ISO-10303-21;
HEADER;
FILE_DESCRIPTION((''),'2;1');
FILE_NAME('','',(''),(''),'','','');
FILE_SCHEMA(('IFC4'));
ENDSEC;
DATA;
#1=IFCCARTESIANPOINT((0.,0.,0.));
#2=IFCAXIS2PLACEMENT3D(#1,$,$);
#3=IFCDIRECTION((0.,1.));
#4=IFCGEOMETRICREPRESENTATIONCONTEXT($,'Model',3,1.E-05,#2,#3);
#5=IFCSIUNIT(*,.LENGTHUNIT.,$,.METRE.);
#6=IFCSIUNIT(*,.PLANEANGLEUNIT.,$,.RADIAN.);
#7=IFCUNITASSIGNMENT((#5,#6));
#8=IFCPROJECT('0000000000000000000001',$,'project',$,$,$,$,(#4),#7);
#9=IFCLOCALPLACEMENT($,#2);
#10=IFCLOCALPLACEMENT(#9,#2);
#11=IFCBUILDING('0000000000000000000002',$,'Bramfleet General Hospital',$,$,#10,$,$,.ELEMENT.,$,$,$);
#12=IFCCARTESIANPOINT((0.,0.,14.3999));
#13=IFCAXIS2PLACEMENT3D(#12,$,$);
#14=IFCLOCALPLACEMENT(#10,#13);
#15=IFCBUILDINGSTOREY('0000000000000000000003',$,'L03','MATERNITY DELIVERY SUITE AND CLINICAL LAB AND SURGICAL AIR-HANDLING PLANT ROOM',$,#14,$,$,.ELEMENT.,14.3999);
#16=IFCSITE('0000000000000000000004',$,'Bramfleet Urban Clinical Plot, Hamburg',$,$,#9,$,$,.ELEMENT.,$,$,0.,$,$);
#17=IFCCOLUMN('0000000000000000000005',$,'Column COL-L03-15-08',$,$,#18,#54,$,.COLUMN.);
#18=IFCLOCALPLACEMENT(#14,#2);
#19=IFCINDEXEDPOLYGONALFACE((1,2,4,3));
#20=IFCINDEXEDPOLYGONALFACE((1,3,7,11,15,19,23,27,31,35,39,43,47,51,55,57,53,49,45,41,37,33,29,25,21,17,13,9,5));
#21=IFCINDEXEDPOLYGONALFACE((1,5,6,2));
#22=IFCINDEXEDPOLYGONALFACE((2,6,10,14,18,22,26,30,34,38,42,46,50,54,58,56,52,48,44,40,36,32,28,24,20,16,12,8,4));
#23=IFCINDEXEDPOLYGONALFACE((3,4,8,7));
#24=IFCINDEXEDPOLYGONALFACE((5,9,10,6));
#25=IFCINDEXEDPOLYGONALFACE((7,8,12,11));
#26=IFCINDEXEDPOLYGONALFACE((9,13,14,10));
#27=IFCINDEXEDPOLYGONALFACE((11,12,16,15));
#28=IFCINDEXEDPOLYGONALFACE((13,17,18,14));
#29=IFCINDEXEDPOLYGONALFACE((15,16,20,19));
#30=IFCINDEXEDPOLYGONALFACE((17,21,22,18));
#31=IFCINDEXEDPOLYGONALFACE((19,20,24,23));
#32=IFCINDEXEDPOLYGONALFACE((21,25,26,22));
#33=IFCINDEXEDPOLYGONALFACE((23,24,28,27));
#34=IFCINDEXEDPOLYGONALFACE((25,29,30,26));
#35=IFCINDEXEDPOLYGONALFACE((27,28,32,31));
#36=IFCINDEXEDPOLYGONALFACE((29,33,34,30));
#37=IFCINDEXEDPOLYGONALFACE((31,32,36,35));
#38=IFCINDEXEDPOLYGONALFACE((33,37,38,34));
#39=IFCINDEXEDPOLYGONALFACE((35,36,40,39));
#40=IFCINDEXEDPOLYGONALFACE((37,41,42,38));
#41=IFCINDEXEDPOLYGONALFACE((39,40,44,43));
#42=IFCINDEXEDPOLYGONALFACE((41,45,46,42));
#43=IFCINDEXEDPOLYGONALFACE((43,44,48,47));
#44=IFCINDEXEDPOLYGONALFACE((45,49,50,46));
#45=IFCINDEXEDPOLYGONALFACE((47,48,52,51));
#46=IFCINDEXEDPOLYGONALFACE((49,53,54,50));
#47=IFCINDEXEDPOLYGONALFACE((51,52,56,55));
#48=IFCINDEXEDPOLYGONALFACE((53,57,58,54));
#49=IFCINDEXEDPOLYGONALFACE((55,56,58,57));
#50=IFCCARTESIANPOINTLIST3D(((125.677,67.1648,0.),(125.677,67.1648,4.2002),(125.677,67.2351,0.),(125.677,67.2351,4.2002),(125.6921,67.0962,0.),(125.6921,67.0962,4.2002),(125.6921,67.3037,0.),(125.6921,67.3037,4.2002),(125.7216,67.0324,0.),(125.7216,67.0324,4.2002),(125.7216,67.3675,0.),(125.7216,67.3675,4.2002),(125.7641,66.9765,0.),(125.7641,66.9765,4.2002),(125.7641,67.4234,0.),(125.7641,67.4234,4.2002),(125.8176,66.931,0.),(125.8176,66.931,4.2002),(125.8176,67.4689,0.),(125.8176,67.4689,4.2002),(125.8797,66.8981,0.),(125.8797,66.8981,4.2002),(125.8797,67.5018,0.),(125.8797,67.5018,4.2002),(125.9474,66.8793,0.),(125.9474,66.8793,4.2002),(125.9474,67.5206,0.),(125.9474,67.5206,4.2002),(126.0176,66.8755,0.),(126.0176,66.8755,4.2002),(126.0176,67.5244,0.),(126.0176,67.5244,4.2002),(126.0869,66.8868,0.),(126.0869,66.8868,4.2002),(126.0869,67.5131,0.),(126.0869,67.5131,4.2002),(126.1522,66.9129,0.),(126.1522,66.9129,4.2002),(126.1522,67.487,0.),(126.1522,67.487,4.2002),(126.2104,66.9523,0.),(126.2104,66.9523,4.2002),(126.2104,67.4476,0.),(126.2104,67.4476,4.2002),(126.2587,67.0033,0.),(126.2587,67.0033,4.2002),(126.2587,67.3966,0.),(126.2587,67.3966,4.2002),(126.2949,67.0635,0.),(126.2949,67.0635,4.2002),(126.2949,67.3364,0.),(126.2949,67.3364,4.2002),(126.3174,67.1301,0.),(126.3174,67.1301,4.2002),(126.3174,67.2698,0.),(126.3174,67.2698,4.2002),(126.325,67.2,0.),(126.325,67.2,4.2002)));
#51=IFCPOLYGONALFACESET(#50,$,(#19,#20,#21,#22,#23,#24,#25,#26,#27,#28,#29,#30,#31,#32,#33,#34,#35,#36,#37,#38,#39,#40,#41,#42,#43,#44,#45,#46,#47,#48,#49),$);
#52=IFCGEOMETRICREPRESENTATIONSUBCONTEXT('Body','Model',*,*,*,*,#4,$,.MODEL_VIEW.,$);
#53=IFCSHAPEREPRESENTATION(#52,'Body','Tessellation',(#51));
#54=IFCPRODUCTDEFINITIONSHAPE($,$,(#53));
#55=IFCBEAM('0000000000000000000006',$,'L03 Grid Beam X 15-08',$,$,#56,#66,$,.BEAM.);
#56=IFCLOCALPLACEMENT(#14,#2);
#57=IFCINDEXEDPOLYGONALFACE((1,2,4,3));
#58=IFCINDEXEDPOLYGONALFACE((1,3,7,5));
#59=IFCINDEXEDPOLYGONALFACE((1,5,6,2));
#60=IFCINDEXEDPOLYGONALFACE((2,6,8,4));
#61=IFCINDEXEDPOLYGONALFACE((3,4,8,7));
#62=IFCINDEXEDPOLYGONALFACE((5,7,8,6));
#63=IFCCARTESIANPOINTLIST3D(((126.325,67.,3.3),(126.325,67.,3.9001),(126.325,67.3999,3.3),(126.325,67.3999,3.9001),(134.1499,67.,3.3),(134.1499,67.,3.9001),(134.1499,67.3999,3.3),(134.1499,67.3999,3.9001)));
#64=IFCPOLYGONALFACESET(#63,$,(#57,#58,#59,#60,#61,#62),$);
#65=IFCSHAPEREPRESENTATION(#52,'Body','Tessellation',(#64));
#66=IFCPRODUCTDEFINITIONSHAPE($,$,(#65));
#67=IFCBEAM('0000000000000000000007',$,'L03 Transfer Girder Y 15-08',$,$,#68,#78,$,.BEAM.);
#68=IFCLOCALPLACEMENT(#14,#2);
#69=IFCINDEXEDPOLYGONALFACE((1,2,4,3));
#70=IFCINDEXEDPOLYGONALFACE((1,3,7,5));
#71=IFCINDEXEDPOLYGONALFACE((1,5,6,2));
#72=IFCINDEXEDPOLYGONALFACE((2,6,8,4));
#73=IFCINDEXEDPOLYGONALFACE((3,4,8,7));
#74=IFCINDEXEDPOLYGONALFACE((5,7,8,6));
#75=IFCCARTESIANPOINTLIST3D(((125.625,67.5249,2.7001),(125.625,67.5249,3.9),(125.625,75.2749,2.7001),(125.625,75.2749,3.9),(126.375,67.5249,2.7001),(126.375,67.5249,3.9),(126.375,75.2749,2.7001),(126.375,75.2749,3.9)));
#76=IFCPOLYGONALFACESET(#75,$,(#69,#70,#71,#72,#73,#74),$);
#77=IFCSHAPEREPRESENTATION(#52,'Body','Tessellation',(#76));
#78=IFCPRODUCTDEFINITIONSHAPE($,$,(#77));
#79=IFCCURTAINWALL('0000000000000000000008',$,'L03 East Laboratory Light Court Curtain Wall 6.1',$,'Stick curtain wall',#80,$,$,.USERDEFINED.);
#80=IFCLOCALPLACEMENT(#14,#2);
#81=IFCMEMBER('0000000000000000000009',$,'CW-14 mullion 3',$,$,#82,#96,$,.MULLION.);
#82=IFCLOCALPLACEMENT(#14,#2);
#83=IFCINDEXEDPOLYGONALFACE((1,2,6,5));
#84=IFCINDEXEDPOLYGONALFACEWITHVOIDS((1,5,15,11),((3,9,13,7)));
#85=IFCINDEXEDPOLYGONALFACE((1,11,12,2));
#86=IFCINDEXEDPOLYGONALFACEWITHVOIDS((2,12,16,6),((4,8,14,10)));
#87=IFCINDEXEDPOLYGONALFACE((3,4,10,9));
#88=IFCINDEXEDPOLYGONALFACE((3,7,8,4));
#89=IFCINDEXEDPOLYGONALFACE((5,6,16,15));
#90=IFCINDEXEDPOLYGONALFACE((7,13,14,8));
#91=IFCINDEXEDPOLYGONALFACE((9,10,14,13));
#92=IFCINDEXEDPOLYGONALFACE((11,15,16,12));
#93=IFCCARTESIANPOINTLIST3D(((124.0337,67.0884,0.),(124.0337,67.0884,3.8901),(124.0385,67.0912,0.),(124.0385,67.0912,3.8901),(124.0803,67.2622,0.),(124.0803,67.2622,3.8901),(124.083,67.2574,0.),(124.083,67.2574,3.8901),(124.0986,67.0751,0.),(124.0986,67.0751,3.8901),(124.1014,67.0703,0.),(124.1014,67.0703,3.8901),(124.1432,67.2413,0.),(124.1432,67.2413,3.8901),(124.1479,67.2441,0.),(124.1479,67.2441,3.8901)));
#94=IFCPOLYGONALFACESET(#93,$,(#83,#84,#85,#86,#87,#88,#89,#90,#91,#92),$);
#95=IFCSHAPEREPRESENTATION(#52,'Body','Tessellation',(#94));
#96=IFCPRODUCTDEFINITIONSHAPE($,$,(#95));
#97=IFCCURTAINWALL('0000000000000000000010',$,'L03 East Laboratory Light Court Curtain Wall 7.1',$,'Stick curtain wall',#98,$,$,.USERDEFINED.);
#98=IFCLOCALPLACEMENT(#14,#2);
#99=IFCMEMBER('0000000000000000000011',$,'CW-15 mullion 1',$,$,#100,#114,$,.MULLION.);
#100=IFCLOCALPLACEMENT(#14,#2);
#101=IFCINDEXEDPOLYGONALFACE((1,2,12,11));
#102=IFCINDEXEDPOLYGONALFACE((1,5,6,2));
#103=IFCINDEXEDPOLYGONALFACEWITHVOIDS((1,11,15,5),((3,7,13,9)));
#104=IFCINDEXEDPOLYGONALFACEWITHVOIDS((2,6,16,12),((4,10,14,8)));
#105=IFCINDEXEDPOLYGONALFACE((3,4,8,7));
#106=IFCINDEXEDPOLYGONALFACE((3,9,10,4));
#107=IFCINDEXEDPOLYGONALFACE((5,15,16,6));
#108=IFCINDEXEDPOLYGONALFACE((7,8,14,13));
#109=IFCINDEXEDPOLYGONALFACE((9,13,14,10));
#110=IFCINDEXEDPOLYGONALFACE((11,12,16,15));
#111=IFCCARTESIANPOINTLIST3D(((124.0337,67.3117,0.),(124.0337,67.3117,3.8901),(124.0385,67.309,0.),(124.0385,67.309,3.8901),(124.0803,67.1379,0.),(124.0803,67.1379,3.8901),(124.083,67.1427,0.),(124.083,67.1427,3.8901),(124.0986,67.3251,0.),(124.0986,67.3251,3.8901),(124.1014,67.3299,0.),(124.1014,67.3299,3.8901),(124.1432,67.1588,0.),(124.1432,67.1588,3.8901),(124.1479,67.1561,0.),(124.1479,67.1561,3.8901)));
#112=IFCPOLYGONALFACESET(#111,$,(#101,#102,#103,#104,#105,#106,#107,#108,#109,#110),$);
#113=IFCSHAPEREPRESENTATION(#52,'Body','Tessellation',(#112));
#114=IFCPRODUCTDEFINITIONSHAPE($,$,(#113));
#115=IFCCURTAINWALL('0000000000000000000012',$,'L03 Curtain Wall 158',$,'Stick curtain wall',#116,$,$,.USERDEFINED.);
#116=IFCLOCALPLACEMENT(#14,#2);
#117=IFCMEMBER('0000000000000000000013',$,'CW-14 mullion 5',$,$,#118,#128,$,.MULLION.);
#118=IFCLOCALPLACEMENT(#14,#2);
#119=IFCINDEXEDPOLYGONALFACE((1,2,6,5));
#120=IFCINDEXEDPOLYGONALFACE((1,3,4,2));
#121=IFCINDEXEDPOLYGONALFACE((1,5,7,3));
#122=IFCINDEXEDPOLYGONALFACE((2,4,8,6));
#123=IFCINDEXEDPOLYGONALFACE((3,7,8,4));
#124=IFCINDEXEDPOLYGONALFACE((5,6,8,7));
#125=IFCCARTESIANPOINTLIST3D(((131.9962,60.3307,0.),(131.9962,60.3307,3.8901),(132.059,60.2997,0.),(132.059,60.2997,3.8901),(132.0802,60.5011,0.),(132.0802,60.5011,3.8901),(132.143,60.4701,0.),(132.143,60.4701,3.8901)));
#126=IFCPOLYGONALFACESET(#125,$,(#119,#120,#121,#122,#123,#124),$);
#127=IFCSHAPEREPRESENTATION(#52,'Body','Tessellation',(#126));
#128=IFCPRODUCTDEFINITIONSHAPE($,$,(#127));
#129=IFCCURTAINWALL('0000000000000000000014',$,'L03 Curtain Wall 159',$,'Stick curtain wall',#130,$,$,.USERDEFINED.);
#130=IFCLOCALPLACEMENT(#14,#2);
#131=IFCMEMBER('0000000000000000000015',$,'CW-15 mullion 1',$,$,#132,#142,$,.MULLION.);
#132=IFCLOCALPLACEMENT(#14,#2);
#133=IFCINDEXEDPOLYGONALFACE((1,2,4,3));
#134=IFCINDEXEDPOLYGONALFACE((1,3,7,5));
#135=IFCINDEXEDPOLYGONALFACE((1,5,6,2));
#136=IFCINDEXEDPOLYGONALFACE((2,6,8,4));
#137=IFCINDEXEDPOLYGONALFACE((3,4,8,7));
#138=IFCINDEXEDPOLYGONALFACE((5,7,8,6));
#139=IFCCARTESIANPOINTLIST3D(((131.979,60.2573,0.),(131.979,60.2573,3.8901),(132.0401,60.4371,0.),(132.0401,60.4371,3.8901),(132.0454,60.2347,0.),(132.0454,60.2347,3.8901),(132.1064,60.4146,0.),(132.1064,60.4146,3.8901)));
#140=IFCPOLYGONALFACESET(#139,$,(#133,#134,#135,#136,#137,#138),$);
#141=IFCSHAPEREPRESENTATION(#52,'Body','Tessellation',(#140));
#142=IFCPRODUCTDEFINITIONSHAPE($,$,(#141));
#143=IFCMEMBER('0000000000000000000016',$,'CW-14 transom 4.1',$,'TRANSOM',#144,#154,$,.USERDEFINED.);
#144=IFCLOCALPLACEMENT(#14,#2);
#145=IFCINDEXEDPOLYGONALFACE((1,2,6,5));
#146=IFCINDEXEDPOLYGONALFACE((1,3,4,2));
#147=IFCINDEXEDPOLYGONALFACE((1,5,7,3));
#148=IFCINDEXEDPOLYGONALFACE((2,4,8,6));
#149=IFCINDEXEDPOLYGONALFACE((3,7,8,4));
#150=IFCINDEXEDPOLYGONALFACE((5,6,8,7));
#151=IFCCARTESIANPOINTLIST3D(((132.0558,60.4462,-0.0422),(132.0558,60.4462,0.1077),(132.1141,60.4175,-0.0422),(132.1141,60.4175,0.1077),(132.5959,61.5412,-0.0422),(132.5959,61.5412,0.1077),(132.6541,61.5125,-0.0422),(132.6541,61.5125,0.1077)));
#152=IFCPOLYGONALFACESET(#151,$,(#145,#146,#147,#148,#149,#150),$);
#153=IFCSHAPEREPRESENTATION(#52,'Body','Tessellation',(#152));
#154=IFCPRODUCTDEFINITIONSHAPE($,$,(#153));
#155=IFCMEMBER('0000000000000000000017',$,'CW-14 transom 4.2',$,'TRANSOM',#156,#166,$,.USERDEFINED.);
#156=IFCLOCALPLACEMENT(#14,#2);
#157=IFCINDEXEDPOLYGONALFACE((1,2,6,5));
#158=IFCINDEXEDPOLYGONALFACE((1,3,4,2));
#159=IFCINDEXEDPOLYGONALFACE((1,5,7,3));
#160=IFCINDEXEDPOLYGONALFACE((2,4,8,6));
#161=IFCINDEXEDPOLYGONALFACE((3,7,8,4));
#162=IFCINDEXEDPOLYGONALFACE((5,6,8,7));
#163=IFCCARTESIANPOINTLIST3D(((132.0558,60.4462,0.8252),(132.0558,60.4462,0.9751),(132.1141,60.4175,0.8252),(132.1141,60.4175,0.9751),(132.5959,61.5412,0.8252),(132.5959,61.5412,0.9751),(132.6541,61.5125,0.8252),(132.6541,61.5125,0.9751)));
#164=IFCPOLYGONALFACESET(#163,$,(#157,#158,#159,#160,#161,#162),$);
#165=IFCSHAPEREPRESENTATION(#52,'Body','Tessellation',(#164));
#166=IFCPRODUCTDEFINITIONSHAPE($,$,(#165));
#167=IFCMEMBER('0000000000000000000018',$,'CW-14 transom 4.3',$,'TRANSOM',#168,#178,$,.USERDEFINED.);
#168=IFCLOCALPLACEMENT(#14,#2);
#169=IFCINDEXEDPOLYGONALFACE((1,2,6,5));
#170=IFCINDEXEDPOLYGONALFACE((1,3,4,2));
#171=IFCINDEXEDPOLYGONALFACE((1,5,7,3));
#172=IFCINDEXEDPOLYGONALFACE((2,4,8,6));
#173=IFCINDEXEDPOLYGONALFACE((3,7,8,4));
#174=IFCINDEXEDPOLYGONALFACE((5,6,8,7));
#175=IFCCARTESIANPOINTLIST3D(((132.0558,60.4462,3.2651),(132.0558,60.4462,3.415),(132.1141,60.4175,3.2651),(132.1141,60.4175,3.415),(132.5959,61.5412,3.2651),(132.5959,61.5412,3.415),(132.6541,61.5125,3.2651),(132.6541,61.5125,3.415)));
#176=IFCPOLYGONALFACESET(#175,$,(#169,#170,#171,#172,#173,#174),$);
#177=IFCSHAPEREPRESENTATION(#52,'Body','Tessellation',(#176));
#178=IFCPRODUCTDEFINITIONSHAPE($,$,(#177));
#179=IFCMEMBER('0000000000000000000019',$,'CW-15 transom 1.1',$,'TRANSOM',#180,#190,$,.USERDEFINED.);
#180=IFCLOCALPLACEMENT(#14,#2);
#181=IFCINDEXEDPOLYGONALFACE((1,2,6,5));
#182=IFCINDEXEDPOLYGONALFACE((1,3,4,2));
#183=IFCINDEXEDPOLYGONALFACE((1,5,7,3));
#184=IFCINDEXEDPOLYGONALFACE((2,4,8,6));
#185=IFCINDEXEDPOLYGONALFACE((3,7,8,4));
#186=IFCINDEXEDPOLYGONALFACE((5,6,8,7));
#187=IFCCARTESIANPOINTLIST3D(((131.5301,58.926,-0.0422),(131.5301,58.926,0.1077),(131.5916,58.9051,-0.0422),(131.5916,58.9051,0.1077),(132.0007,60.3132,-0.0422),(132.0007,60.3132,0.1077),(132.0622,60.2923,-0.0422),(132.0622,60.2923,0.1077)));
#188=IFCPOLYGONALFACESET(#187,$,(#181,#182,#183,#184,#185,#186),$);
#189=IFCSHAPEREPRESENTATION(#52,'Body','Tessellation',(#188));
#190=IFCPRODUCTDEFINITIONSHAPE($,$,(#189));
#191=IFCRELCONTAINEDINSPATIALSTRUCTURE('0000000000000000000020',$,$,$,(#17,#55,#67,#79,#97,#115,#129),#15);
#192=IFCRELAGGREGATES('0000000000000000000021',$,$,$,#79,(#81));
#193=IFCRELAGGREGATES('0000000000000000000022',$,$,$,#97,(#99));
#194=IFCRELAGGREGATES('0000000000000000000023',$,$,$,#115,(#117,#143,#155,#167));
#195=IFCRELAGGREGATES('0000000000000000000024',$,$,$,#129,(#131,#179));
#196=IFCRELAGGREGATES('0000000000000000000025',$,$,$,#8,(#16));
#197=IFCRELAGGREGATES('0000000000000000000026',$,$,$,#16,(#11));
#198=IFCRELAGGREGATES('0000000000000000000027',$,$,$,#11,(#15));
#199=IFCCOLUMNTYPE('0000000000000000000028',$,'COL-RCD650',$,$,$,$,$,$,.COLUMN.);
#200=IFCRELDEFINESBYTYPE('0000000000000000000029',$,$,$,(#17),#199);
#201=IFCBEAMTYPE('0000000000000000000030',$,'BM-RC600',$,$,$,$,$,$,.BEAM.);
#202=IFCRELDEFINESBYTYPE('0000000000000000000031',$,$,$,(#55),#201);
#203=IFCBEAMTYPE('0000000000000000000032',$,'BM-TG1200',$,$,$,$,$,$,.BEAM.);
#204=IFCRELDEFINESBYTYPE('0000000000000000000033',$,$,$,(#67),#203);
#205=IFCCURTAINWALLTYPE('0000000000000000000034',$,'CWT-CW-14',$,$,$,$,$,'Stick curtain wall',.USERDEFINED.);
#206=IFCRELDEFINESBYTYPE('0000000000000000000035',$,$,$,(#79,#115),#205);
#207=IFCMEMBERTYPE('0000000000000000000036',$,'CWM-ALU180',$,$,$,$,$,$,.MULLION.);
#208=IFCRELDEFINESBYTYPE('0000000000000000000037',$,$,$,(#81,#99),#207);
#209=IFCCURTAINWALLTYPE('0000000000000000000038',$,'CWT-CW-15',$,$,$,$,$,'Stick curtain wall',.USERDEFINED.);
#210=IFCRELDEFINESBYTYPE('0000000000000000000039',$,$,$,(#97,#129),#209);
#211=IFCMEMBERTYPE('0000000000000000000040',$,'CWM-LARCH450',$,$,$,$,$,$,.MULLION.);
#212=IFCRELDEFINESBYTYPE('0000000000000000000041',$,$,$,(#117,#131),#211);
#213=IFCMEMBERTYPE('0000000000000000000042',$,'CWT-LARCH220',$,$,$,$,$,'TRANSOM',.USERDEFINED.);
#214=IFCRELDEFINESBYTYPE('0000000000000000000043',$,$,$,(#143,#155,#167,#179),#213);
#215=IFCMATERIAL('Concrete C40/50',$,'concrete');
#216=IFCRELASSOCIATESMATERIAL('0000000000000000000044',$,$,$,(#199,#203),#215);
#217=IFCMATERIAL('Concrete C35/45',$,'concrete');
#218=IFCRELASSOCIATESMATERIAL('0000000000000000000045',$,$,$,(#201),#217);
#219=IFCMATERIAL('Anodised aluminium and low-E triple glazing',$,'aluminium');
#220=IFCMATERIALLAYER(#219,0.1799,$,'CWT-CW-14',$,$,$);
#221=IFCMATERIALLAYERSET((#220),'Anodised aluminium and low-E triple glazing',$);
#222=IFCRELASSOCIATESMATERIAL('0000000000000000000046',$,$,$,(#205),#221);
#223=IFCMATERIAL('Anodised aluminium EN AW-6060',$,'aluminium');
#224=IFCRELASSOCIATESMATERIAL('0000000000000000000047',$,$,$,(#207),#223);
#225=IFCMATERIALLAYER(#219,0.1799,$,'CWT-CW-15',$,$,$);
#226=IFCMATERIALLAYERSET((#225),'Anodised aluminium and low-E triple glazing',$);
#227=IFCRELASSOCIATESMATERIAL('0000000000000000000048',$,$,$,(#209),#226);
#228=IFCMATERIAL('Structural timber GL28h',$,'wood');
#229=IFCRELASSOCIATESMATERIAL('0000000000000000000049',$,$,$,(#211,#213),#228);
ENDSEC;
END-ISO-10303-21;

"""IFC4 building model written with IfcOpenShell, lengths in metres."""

from ifc_helpers import new_model, si_unit, direction, frame, origin, origin_2d, place, context, subcontext, project, spatial, rectangle, hollow_rectangle, circle, extrude, material, layer, layer_set, material_profile, profile_set, type_object, element, aggregate, save


model = new_model("IFC4")

# Units and contexts
model_context = context("Model", 3, precision=1e-05, world=origin(), true_north=direction((0.0, 1.0)))
body_context = subcontext(model_context, "Body", "Model", "MODEL_VIEW")
ifc_project = project(units=[si_unit("LENGTHUNIT", "METRE"), si_unit("PLANEANGLEUNIT", "RADIAN")], contexts=[model_context])

# Site, building, storey
site_placement = place(None, origin())
site = spatial("IfcSite", under=ifc_project, at=site_placement, Name="Bramfleet Urban Clinical Plot, Hamburg", CompositionType="ELEMENT", RefElevation=0.0)
building_placement = place(site_placement, origin())
building = spatial("IfcBuilding", under=site, at=building_placement, Name="Bramfleet General Hospital", CompositionType="ELEMENT")
storey_placement = place(building_placement, frame((0.0, 0.0, 14.3999)))
storey = spatial("IfcBuildingStorey", under=building, at=storey_placement, Name="L03", Description="MATERNITY DELIVERY SUITE AND CLINICAL LAB AND SURGICAL AIR-HANDLING PLANT ROOM", CompositionType="ELEMENT", Elevation=14.3999)

# Column
ifc_material_1 = material(Name="Concrete C40/50", Category="concrete")
ifc_material_profile_1 = material_profile(ifc_material_1, circle(Radius=0.325, at=origin_2d()), Name="RC ROUND D650")
ifc_profile_set_1 = profile_set([ifc_material_profile_1], Name="Concrete C40/50")
column_type = type_object("IfcColumnType", Name="COL-RCD650", PredefinedType="COLUMN", material=ifc_profile_set_1)
column_placement = place(storey_placement, frame((126.0, 67.2, 0.0), z_axis=(0.0, 0.0, 1.0), x_axis=(1.0, 0.0, 0.0)))
element("IfcColumn", 1, at=column_placement, inside=storey, type_object=column_type, Name="Column COL-L03-15-08", PredefinedType="COLUMN", context=body_context, shape_type="SweptSolid", body=[
    extrude(circle(Radius=0.325, at=origin_2d()), origin(), (0.0, 0.0, 1.0), 4.2002),
])

# Beams
ifc_material_2 = material(Name="Concrete C35/45", Category="concrete")
ifc_material_profile_2 = material_profile(ifc_material_2, rectangle(XDim=0.3999, YDim=0.6001, at=origin_2d()), Name="RC BM 600x400")
ifc_profile_set_2 = profile_set([ifc_material_profile_2], Name="Concrete C35/45")
beam_type_1 = type_object("IfcBeamType", Name="BM-RC600", PredefinedType="BEAM", material=ifc_profile_set_2)
beam_1_placement = place(storey_placement, frame((126.325, 67.2, 3.6001), z_axis=(1.0, 0.0, 0.0), x_axis=(0.0, 1.0, 0.0)))
element("IfcBeam", 2, at=beam_1_placement, inside=storey, type_object=beam_type_1, Name="L03 Grid Beam X 15-08", PredefinedType="BEAM", context=body_context, shape_type="SweptSolid", body=[
    extrude(rectangle(XDim=0.3999, YDim=0.6001, at=origin_2d()), origin(), (0.0, 0.0, 1.0), 7.825),
])
ifc_material_profile_3 = material_profile(ifc_material_1, rectangle(XDim=0.75, YDim=1.2, at=origin_2d()), Name="RC TG 1200x750")
ifc_profile_set_3 = profile_set([ifc_material_profile_3], Name="Concrete C40/50")
beam_type_2 = type_object("IfcBeamType", Name="BM-TG1200", PredefinedType="BEAM", material=ifc_profile_set_3)
beam_2_placement = place(storey_placement, frame((126.0, 67.5249, 3.3), z_axis=(0.0, 1.0, 0.0), x_axis=(-1.0, 0.0, 0.0)))
element("IfcBeam", 3, at=beam_2_placement, inside=storey, type_object=beam_type_2, Name="L03 Transfer Girder Y 15-08", PredefinedType="BEAM", context=body_context, shape_type="SweptSolid", body=[
    extrude(rectangle(XDim=0.75, YDim=1.2, at=origin_2d()), origin(), (0.0, 0.0, 1.0), 7.75),
])

# Curtain walls, members
ifc_material_3 = material(Name="Anodised aluminium and low-E triple glazing", Category="aluminium")
ifc_layer_1 = layer(ifc_material_3, 0.1799, Name="CWT-CW-14")
ifc_layer_set_1 = layer_set([ifc_layer_1], Name="Anodised aluminium and low-E triple glazing")
curtain_wall_type_1 = type_object("IfcCurtainWallType", Name="CWT-CW-14", ElementType="Stick curtain wall", PredefinedType="USERDEFINED", material=ifc_layer_set_1)
curtain_wall_1_placement = place(storey_placement, origin())
curtain_wall_1 = element("IfcCurtainWall", 4, at=curtain_wall_1_placement, inside=storey, type_object=curtain_wall_type_1, Name="L03 East Laboratory Light Court Curtain Wall 6.1", ObjectType="Stick curtain wall", PredefinedType="USERDEFINED")
ifc_material_4 = material(Name="Anodised aluminium EN AW-6060", Category="aluminium")
ifc_material_profile_4 = material_profile(ifc_material_4, hollow_rectangle(XDim=0.0701, YDim=0.1799, WallThickness=0.0039, at=origin_2d()), Name="ALU 180x70x4.0")
ifc_profile_set_4 = profile_set([ifc_material_profile_4], Name="Anodised aluminium EN AW-6060")
member_type_1 = type_object("IfcMemberType", Name="CWM-ALU180", PredefinedType="MULLION", material=ifc_profile_set_4)
member_1_placement = place(storey_placement, frame((124.0908, 67.1663, 0.0), z_axis=(0.0, 0.0, 1.0), x_axis=(-0.965914, 0.258865, 0.0)))
member_1 = element("IfcMember", 5, at=member_1_placement, type_object=member_type_1, Name="CW-14 mullion 3", PredefinedType="MULLION", context=body_context, shape_type="SweptSolid", body=[
    extrude(hollow_rectangle(XDim=0.0701, YDim=0.1799, WallThickness=0.0039, at=origin_2d()), origin(), (0.0, 0.0, 1.0), 3.8901),
])
aggregate(curtain_wall_1, [member_1])
ifc_layer_2 = layer(ifc_material_3, 0.1799, Name="CWT-CW-15")
ifc_layer_set_2 = layer_set([ifc_layer_2], Name="Anodised aluminium and low-E triple glazing")
curtain_wall_type_2 = type_object("IfcCurtainWallType", Name="CWT-CW-15", ElementType="Stick curtain wall", PredefinedType="USERDEFINED", material=ifc_layer_set_2)
curtain_wall_2_placement = place(storey_placement, origin())
curtain_wall_2 = element("IfcCurtainWall", 6, at=curtain_wall_2_placement, inside=storey, type_object=curtain_wall_type_2, Name="L03 East Laboratory Light Court Curtain Wall 7.1", ObjectType="Stick curtain wall", PredefinedType="USERDEFINED")
member_2_placement = place(storey_placement, frame((124.0908, 67.2339, 0.0), z_axis=(0.0, 0.0, 1.0), x_axis=(-0.965914, -0.258865, 0.0)))
member_2 = element("IfcMember", 7, at=member_2_placement, type_object=member_type_1, Name="CW-15 mullion 1", PredefinedType="MULLION", context=body_context, shape_type="SweptSolid", body=[
    extrude(hollow_rectangle(XDim=0.0701, YDim=0.1799, WallThickness=0.0039, at=origin_2d()), origin(), (0.0, 0.0, 1.0), 3.8901),
])
aggregate(curtain_wall_2, [member_2])
curtain_wall_3_placement = place(storey_placement, origin())
curtain_wall_3 = element("IfcCurtainWall", 8, at=curtain_wall_3_placement, inside=storey, type_object=curtain_wall_type_1, Name="L03 Curtain Wall 158", ObjectType="Stick curtain wall", PredefinedType="USERDEFINED")
ifc_material_5 = material(Name="Structural timber GL28h", Category="wood")
ifc_material_profile_5 = material_profile(ifc_material_5, rectangle(XDim=0.0701, YDim=0.1899, at=origin_2d()), Name="LARCH 190x70")
ifc_profile_set_5 = profile_set([ifc_material_profile_5], Name="Structural timber GL28h")
member_type_2 = type_object("IfcMemberType", Name="CWM-LARCH450", PredefinedType="MULLION", material=ifc_profile_set_5)
member_3_placement = place(storey_placement, frame((132.0696, 60.4004, 0.0), z_axis=(0.0, 0.0, 1.0), x_axis=(0.896865, -0.442305, 0.0)))
member_3 = element("IfcMember", 9, at=member_3_placement, type_object=member_type_2, Name="CW-14 mullion 5", PredefinedType="MULLION", context=body_context, shape_type="SweptSolid", body=[
    extrude(rectangle(XDim=0.0701, YDim=0.1899, at=origin_2d()), origin(), (0.0, 0.0, 1.0), 3.8901),
])
curtain_wall_4_placement = place(storey_placement, origin())
curtain_wall_4 = element("IfcCurtainWall", 10, at=curtain_wall_4_placement, inside=storey, type_object=curtain_wall_type_2, Name="L03 Curtain Wall 159", ObjectType="Stick curtain wall", PredefinedType="USERDEFINED")
member_4_placement = place(storey_placement, frame((132.0427, 60.3359, 0.0), z_axis=(0.0, 0.0, 1.0), x_axis=(0.946949, -0.321383, 0.0)))
member_4 = element("IfcMember", 11, at=member_4_placement, type_object=member_type_2, Name="CW-15 mullion 1", PredefinedType="MULLION", context=body_context, shape_type="SweptSolid", body=[
    extrude(rectangle(XDim=0.0701, YDim=0.1899, at=origin_2d()), origin(), (0.0, 0.0, 1.0), 3.8901),
])

# Members
ifc_material_profile_6 = material_profile(ifc_material_5, rectangle(XDim=0.0649, YDim=0.1499, at=origin_2d()), Name="LARCH 150x65")
ifc_profile_set_6 = profile_set([ifc_material_profile_6], Name="Structural timber GL28h")
member_type_3 = type_object("IfcMemberType", Name="CWT-LARCH220", ElementType="TRANSOM", PredefinedType="USERDEFINED", material=ifc_profile_set_6)
member_5_placement = place(storey_placement, frame((132.625, 61.5269, 0.0327), z_axis=(-0.442328, -0.896853, 0.0), x_axis=(0.896853, -0.442328, 0.0)))
member_5 = element("IfcMember", 12, at=member_5_placement, type_object=member_type_3, Name="CW-14 transom 4.1", ObjectType="TRANSOM", PredefinedType="USERDEFINED", context=body_context, shape_type="SweptSolid", body=[
    extrude(rectangle(XDim=0.0649, YDim=0.1499, at=origin_2d()), origin(), (0.0, 0.0, 1.0), 1.2209),
])
member_6_placement = place(storey_placement, frame((132.625, 61.5269, 0.9001), z_axis=(-0.442328, -0.896853, 0.0), x_axis=(0.896853, -0.442328, 0.0)))
member_6 = element("IfcMember", 13, at=member_6_placement, type_object=member_type_3, Name="CW-14 transom 4.2", ObjectType="TRANSOM", PredefinedType="USERDEFINED", context=body_context, shape_type="SweptSolid", body=[
    extrude(rectangle(XDim=0.0649, YDim=0.1499, at=origin_2d()), origin(), (0.0, 0.0, 1.0), 1.2209),
])
member_7_placement = place(storey_placement, frame((132.625, 61.5269, 3.3401), z_axis=(-0.442328, -0.896853, 0.0), x_axis=(0.896853, -0.442328, 0.0)))
member_7 = element("IfcMember", 14, at=member_7_placement, type_object=member_type_3, Name="CW-14 transom 4.3", ObjectType="TRANSOM", PredefinedType="USERDEFINED", context=body_context, shape_type="SweptSolid", body=[
    extrude(rectangle(XDim=0.0649, YDim=0.1499, at=origin_2d()), origin(), (0.0, 0.0, 1.0), 1.2209),
])
member_8_placement = place(storey_placement, frame((132.0315, 60.3027, 0.0327), z_axis=(-0.321323, -0.94697, 0.0), x_axis=(0.94697, -0.321323, 0.0)))
member_8 = element("IfcMember", 15, at=member_8_placement, type_object=member_type_3, Name="CW-15 transom 1.1", ObjectType="TRANSOM", PredefinedType="USERDEFINED", context=body_context, shape_type="SweptSolid", body=[
    extrude(rectangle(XDim=0.0649, YDim=0.1499, at=origin_2d()), origin(), (0.0, 0.0, 1.0), 1.4648),
])

aggregate(curtain_wall_3, [member_3, member_5, member_6, member_7])
aggregate(curtain_wall_4, [member_4, member_8])

save(model, "model.ifc")
